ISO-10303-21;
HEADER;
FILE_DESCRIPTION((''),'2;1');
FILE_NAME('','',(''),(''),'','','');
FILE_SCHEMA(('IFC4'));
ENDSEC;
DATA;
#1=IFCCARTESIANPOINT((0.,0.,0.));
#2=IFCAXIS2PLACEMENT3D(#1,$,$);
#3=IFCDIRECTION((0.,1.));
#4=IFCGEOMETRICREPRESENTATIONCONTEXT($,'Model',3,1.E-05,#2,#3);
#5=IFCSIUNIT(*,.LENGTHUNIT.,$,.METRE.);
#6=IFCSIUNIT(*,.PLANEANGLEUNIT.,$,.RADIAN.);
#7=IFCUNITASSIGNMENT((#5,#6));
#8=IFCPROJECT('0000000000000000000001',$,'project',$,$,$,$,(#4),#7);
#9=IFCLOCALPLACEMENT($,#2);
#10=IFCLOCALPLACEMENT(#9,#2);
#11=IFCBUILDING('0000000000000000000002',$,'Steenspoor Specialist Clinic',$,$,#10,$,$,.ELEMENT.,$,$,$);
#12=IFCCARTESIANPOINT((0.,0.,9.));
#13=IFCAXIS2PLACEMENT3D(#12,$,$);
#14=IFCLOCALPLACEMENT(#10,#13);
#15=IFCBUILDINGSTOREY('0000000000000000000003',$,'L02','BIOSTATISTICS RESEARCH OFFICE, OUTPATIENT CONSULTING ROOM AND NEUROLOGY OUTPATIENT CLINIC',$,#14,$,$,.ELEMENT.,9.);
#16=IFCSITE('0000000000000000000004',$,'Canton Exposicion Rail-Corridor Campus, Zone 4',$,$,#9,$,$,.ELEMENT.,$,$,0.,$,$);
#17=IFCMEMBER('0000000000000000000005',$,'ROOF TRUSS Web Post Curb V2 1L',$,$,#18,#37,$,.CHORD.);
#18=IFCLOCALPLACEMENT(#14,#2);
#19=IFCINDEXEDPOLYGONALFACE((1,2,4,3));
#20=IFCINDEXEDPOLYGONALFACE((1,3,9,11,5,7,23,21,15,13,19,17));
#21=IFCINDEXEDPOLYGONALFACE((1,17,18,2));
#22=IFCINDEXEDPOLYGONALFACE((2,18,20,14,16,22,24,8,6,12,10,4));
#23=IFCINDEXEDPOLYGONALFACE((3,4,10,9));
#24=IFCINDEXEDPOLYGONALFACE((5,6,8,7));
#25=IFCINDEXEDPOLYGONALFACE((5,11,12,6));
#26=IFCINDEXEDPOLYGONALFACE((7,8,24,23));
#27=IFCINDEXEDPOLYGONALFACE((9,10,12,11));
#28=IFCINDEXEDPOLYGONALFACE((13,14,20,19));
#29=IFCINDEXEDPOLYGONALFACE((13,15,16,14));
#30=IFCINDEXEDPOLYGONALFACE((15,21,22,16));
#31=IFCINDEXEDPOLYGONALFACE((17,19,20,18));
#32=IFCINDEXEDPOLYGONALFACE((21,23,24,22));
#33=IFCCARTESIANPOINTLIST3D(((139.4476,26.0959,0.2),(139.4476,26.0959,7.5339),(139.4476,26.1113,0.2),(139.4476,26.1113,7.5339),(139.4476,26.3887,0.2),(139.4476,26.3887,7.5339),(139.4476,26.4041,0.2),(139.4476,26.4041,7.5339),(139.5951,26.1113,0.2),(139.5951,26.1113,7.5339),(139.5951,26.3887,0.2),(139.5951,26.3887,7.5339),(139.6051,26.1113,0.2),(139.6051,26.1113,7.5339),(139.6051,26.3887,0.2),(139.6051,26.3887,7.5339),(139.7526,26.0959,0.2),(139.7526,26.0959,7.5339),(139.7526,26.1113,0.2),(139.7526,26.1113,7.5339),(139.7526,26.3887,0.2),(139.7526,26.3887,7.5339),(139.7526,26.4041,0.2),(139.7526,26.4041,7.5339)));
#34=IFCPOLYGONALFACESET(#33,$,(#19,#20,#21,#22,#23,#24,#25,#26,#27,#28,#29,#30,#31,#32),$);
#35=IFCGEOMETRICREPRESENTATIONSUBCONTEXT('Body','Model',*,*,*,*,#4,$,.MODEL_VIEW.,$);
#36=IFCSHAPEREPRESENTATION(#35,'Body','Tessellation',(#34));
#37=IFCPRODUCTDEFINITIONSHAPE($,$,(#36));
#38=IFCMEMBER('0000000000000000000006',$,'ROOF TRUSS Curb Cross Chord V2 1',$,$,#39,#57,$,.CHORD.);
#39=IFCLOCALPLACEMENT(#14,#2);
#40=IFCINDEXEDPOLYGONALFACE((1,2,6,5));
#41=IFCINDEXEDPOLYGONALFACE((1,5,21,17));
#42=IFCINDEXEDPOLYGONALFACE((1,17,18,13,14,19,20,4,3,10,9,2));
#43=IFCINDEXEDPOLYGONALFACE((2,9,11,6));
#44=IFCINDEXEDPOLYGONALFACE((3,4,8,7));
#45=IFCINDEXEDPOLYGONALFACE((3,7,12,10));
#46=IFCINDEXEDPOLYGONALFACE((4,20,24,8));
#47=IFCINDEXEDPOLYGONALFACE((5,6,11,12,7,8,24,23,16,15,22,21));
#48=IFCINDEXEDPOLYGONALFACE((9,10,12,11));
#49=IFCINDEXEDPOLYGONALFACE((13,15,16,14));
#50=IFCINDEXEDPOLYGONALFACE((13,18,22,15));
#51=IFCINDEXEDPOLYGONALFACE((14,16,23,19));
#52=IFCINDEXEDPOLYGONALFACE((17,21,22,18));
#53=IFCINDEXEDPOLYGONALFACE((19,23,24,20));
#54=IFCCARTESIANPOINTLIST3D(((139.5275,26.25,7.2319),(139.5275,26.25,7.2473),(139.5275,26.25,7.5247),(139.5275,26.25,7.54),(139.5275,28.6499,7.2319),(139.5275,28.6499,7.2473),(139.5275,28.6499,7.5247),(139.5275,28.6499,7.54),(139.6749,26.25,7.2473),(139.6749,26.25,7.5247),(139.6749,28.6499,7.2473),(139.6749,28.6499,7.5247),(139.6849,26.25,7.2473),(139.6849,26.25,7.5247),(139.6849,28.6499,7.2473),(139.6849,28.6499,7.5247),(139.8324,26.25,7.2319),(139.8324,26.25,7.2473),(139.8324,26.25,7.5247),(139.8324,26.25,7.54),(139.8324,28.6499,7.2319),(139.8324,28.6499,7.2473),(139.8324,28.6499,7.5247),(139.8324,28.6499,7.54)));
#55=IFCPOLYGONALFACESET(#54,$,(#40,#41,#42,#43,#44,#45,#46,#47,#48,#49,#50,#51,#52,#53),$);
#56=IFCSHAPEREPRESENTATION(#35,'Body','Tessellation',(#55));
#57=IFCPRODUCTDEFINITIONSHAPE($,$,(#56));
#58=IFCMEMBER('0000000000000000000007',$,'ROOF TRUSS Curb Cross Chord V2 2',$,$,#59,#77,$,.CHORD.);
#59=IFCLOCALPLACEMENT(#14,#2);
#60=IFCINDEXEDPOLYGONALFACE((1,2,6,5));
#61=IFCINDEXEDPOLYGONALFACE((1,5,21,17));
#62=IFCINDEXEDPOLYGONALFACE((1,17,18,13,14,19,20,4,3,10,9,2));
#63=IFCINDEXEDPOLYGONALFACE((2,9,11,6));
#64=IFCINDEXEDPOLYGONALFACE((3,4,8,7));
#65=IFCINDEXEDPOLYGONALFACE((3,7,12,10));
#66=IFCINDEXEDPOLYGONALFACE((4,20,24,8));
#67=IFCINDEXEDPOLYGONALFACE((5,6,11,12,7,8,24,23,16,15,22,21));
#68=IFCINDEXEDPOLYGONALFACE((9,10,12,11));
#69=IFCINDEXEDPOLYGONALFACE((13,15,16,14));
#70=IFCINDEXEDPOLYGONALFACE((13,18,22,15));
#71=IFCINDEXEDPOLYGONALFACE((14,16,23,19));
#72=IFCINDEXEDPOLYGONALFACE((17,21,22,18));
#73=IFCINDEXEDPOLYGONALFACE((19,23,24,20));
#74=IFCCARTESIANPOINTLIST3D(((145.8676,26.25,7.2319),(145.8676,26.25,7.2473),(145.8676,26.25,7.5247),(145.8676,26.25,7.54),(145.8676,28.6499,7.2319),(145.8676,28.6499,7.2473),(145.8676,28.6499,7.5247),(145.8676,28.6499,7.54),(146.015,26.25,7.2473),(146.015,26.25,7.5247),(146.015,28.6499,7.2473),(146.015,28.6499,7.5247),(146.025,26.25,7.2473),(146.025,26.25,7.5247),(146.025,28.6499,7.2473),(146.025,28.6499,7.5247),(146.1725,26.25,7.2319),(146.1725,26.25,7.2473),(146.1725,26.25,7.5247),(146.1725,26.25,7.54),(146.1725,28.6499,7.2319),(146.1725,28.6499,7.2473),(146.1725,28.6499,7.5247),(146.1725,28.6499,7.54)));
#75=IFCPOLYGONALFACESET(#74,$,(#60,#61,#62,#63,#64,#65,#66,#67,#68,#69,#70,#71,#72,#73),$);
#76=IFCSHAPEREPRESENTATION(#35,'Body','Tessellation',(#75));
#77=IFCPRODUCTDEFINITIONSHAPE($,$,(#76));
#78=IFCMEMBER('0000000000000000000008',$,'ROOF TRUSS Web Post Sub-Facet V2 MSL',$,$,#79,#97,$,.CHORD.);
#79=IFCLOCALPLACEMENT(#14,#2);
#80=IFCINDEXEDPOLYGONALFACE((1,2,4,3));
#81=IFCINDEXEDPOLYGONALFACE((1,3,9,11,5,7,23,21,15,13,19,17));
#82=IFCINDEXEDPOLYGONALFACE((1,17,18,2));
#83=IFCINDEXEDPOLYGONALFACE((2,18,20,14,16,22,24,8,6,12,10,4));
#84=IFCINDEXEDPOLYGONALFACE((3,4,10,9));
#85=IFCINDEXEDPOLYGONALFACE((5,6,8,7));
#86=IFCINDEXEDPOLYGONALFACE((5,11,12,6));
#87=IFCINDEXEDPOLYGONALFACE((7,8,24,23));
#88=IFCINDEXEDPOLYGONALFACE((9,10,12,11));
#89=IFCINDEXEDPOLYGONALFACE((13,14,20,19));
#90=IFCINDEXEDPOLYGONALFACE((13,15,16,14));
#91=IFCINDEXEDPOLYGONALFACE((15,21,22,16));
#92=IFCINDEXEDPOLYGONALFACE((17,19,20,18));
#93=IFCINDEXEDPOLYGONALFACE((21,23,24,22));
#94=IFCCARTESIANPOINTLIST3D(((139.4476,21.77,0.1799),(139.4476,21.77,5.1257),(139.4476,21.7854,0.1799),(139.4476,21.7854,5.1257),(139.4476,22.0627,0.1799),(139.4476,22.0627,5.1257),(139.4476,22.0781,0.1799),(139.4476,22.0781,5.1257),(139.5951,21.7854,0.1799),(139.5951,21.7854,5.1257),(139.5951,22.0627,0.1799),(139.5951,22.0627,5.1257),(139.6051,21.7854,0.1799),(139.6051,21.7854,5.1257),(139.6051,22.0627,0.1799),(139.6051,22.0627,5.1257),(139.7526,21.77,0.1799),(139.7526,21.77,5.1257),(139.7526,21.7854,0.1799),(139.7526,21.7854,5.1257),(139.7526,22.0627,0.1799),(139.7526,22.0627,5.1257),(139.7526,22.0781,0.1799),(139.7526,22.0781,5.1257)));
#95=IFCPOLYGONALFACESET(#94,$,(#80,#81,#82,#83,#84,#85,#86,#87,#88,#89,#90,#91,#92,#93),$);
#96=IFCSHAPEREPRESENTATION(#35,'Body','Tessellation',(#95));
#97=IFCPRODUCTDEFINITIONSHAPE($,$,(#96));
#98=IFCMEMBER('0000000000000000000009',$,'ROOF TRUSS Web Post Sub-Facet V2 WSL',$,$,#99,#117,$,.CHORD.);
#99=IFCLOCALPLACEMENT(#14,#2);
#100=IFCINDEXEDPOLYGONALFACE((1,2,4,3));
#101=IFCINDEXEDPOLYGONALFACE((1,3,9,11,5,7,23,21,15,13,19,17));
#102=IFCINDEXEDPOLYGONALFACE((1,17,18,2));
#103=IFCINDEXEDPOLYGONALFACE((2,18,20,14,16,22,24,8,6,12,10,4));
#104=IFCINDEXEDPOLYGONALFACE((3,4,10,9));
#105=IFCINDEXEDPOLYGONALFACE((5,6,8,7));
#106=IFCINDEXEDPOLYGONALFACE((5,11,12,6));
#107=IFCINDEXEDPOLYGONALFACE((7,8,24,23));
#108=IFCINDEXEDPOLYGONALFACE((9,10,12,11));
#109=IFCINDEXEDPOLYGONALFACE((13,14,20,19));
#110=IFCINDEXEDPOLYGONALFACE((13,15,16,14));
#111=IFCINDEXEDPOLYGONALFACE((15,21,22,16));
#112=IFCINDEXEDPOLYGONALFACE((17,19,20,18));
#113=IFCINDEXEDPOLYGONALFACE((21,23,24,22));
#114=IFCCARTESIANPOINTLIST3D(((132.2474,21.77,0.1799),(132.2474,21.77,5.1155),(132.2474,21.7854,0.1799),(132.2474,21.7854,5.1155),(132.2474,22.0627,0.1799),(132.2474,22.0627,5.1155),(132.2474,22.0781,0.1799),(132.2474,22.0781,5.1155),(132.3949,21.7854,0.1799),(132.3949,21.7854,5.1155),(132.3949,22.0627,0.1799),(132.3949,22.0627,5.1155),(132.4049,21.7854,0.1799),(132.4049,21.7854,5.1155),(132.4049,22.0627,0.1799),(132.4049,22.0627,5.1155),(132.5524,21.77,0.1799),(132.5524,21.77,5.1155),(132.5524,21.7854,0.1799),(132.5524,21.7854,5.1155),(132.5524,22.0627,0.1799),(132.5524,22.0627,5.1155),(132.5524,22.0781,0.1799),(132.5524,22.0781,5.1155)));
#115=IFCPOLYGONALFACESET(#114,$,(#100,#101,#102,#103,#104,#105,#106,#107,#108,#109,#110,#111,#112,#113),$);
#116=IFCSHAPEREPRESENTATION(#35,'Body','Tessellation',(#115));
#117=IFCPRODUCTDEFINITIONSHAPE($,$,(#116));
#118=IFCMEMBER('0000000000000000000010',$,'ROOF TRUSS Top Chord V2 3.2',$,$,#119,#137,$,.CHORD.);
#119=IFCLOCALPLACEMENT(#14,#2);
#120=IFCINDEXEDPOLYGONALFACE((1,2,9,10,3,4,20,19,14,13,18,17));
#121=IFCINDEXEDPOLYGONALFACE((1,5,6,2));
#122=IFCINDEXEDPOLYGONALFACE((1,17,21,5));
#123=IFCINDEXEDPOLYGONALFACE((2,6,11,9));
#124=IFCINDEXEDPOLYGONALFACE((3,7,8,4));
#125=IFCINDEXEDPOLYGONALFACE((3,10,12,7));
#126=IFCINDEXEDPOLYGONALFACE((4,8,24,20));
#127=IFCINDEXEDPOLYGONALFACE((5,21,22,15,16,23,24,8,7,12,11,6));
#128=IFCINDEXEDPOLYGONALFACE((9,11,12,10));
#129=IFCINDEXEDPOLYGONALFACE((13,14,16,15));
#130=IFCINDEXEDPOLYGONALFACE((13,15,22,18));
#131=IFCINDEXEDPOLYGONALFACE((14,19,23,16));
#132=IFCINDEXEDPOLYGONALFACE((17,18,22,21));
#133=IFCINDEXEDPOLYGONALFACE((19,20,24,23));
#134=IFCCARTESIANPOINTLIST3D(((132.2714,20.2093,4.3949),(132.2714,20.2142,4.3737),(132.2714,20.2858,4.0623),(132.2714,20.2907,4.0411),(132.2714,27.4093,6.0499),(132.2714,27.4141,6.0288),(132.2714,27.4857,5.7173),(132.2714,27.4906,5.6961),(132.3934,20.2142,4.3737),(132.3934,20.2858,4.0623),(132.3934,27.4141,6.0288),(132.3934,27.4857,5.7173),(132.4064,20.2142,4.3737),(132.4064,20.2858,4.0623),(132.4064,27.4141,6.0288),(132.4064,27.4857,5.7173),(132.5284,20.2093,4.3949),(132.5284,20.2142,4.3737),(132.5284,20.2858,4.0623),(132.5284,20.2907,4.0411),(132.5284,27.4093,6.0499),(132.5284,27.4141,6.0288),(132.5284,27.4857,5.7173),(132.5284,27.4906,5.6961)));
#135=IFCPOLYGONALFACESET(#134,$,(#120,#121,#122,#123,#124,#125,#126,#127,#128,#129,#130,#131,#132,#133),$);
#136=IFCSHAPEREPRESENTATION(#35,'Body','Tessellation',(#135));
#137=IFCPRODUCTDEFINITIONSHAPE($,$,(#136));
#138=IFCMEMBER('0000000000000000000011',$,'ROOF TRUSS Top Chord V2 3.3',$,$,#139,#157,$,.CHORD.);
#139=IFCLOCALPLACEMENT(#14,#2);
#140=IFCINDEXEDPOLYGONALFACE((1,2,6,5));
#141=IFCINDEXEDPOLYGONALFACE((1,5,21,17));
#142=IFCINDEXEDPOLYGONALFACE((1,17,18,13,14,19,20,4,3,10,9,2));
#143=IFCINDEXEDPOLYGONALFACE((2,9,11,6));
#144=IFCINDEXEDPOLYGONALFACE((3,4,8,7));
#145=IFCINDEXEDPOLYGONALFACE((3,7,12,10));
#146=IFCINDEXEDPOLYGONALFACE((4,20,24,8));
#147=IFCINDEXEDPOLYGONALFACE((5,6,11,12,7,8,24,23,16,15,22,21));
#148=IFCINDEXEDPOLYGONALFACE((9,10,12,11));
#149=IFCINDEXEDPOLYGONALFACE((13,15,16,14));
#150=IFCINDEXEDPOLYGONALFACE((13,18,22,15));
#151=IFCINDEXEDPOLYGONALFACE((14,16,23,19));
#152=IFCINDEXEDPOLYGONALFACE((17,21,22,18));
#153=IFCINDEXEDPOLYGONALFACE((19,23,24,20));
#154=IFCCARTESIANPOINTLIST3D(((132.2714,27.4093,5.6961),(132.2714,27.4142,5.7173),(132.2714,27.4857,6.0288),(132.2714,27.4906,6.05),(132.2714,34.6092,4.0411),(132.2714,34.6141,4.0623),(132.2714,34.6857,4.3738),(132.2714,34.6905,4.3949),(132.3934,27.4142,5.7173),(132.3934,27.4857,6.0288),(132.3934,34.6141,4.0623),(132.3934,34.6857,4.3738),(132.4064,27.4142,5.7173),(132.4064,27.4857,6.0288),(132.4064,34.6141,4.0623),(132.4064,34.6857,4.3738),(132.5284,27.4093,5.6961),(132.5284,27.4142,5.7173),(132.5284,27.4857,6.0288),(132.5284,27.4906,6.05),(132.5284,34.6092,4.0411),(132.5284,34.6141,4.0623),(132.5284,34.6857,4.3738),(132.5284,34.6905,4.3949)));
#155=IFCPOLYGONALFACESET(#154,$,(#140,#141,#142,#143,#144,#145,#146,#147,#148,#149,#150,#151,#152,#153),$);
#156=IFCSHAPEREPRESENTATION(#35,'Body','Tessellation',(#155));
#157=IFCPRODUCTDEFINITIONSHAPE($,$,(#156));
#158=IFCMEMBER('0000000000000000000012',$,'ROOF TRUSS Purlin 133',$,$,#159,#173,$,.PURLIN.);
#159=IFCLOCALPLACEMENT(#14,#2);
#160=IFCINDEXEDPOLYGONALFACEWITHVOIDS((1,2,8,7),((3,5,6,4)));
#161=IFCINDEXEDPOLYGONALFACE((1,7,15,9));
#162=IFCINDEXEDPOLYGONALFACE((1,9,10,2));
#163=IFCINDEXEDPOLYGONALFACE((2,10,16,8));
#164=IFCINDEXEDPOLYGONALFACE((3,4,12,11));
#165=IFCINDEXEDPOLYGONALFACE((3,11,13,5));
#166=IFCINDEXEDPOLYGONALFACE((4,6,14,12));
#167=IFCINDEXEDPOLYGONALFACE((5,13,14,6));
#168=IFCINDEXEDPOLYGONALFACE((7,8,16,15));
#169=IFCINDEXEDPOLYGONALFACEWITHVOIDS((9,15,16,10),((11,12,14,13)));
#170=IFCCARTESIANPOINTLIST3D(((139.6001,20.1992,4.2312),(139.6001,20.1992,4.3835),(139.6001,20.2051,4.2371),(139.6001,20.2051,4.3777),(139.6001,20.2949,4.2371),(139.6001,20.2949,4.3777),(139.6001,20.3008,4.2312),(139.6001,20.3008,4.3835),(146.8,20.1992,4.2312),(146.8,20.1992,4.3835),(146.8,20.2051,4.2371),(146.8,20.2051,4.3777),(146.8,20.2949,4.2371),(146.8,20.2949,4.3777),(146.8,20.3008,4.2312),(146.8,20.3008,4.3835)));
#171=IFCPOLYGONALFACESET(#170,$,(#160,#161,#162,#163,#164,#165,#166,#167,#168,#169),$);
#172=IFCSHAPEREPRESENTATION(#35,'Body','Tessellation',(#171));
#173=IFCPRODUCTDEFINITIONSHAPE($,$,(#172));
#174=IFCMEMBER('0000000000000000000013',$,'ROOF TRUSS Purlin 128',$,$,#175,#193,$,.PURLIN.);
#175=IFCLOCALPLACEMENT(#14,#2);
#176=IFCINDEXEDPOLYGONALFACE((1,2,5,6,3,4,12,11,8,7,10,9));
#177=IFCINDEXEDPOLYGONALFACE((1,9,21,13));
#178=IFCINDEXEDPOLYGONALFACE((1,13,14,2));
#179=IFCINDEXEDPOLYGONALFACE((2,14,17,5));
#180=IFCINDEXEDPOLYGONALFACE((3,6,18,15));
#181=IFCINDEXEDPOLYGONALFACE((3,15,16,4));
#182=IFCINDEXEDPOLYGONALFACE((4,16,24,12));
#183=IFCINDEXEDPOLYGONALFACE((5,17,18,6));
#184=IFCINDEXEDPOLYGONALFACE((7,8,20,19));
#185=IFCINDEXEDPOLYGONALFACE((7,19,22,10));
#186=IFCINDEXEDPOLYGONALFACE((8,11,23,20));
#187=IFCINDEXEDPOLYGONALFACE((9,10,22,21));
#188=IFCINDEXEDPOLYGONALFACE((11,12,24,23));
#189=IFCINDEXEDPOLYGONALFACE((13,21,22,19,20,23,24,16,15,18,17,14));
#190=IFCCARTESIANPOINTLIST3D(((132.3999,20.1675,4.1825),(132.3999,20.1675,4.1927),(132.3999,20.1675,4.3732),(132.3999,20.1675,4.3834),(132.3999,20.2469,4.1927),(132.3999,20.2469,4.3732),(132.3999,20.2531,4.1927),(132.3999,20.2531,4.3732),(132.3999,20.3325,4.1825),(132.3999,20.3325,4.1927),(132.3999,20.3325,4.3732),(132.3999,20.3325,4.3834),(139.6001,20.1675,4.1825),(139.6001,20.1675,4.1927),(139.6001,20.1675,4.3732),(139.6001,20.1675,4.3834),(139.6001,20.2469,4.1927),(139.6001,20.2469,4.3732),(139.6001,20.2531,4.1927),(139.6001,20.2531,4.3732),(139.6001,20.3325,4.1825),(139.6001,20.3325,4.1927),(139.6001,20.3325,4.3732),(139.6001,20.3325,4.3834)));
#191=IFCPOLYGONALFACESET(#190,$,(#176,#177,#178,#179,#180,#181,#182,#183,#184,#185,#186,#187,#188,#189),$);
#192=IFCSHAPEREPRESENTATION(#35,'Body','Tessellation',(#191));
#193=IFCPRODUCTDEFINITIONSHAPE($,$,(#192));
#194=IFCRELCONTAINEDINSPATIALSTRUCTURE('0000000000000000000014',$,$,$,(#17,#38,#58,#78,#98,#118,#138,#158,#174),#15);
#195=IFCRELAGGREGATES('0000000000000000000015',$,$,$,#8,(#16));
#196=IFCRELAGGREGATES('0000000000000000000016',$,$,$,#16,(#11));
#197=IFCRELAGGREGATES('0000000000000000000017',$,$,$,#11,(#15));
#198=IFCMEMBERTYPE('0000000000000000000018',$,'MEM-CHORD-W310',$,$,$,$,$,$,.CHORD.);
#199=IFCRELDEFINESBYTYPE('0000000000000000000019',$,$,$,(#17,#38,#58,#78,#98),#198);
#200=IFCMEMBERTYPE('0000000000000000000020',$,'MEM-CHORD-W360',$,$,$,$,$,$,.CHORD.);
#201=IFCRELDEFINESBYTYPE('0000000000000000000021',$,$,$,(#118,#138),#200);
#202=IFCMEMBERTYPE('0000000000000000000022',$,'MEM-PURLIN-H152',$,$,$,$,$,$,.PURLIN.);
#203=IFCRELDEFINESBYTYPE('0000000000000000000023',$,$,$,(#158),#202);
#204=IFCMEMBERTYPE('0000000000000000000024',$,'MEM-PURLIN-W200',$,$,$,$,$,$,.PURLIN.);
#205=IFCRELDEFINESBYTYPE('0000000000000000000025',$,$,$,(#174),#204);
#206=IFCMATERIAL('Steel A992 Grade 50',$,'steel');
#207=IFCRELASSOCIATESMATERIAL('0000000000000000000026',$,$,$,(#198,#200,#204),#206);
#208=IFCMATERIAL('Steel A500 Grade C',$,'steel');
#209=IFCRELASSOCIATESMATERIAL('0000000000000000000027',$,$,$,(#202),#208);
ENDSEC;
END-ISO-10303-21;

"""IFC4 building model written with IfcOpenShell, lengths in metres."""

from ifc_helpers import new_model, si_unit, direction, frame, origin, origin_2d, place, context, subcontext, project, spatial, hollow_rectangle, i_section, extrude, material, material_profile, profile_set, type_object, element, save


model = new_model("IFC4")

# Units and contexts
model_context = context("Model", 3, precision=1e-05, world=origin(), true_north=direction((0.0, 1.0)))
body_context = subcontext(model_context, "Body", "Model", "MODEL_VIEW")
ifc_project = project(units=[si_unit("LENGTHUNIT", "METRE"), si_unit("PLANEANGLEUNIT", "RADIAN")], contexts=[model_context])

# Site, building, storey
site_placement = place(None, origin())
site = spatial("IfcSite", under=ifc_project, at=site_placement, Name="Canton Exposicion Rail-Corridor Campus, Zone 4", CompositionType="ELEMENT", RefElevation=0.0)
building_placement = place(site_placement, origin())
building = spatial("IfcBuilding", under=site, at=building_placement, Name="Steenspoor Specialist Clinic", CompositionType="ELEMENT")
storey_placement = place(building_placement, frame((0.0, 0.0, 9.0)))
storey = spatial("IfcBuildingStorey", under=building, at=storey_placement, Name="L02", Description="BIOSTATISTICS RESEARCH OFFICE, OUTPATIENT CONSULTING ROOM AND NEUROLOGY OUTPATIENT CLINIC", CompositionType="ELEMENT", Elevation=9.0)

# Shared definitions
ifc_material_1 = material(Name="Steel A992 Grade 50", Category="steel")

# Members
ifc_material_2 = material(Name="Steel A500 Grade C", Category="steel")
ifc_material_profile_1 = material_profile(ifc_material_1, i_section(OverallWidth=0.3049, OverallDepth=0.3081, WebThickness=0.01, FlangeThickness=0.0154, at=origin_2d()), Name="W310X97")
ifc_profile_set_1 = profile_set([ifc_material_profile_1], Name="Steel A992 Grade 50")
member_type_1 = type_object("IfcMemberType", Name="MEM-CHORD-W310", PredefinedType="CHORD", material=ifc_profile_set_1)
member_1_placement = place(storey_placement, frame((139.6001, 26.25, 0.2), z_axis=(0.0, 0.0, 1.0), x_axis=(1.0, 0.0, 0.0)))
element("IfcMember", 1, at=member_1_placement, inside=storey, type_object=member_type_1, Name="ROOF TRUSS Web Post Curb V2 1L", PredefinedType="CHORD", context=body_context, shape_type="SweptSolid", body=[
    extrude(i_section(OverallWidth=0.3049, OverallDepth=0.3081, WebThickness=0.01, FlangeThickness=0.0154, at=origin_2d()), origin(), (0.0, 0.0, 1.0), 7.334),
])
for number, where, z_axis, x_axis, name in (
    (2, (139.6799, 26.25, 7.386), (0.0, 1.0, 0.0), (-1.0, 0.0, 0.0), "ROOF TRUSS Curb Cross Chord V2 1"),
    (3, (146.02, 26.25, 7.386), (0.0, 1.0, 0.0), (-1.0, 0.0, 0.0), "ROOF TRUSS Curb Cross Chord V2 2"),
):
    element("IfcMember", number, at=place(storey_placement, frame(where, z_axis=z_axis, x_axis=x_axis)), inside=storey, type_object=member_type_1, Name=name, PredefinedType="CHORD", context=body_context, shape_type="SweptSolid", body=[
        extrude(i_section(OverallWidth=0.3049, OverallDepth=0.3081, WebThickness=0.01, FlangeThickness=0.0154, at=origin_2d()), origin(), (0.0, 0.0, 1.0), 2.3999),
    ])
member_2_placement = place(storey_placement, frame((139.6001, 21.9241, 0.1799), z_axis=(0.0, 0.0, 1.0), x_axis=(1.0, 0.0, 0.0)))
element("IfcMember", 4, at=member_2_placement, inside=storey, type_object=member_type_1, Name="ROOF TRUSS Web Post Sub-Facet V2 MSL", PredefinedType="CHORD", context=body_context, shape_type="SweptSolid", body=[
    extrude(i_section(OverallWidth=0.3049, OverallDepth=0.3081, WebThickness=0.01, FlangeThickness=0.0154, at=origin_2d()), origin(), (0.0, 0.0, 1.0), 4.9458),
])
member_3_placement = place(storey_placement, frame((132.3999, 21.9241, 0.1799), z_axis=(0.0, 0.0, 1.0), x_axis=(1.0, 0.0, 0.0)))
element("IfcMember", 5, at=member_3_placement, inside=storey, type_object=member_type_1, Name="ROOF TRUSS Web Post Sub-Facet V2 WSL", PredefinedType="CHORD", context=body_context, shape_type="SweptSolid", body=[
    extrude(i_section(OverallWidth=0.3049, OverallDepth=0.3081, WebThickness=0.01, FlangeThickness=0.0154, at=origin_2d()), origin(), (0.0, 0.0, 1.0), 4.9355),
])
ifc_material_profile_2 = material_profile(ifc_material_1, i_section(OverallWidth=0.2571, OverallDepth=0.363, WebThickness=0.0129, FlangeThickness=0.0217, at=origin_2d()), Name="W360X122")
ifc_profile_set_2 = profile_set([ifc_material_profile_2], Name="Steel A992 Grade 50")
member_type_2 = type_object("IfcMemberType", Name="MEM-CHORD-W360", PredefinedType="CHORD", material=ifc_profile_set_2)
for number, where, z_axis, x_axis, name in (
    (6, (132.3999, 20.25, 4.218), (0.0, 0.974584, 0.224024), (-1.0, 0.0, 0.0), "ROOF TRUSS Top Chord V2 3.2"),
    (7, (132.3999, 27.45, 5.873), (0.0, 0.974584, -0.224024), (-1.0, 0.0, 0.0), "ROOF TRUSS Top Chord V2 3.3"),
):
    element("IfcMember", number, at=place(storey_placement, frame(where, z_axis=z_axis, x_axis=x_axis)), inside=storey, type_object=member_type_2, Name=name, PredefinedType="CHORD", context=body_context, shape_type="SweptSolid", body=[
        extrude(i_section(OverallWidth=0.2571, OverallDepth=0.363, WebThickness=0.0129, FlangeThickness=0.0217, at=origin_2d()), origin(), (0.0, 0.0, 1.0), 7.3877),
    ])
ifc_material_profile_3 = material_profile(ifc_material_2, hollow_rectangle(XDim=0.1016, YDim=0.1523, WallThickness=0.0059, at=origin_2d()), Name="HSS152X102X6.4")
ifc_profile_set_3 = profile_set([ifc_material_profile_3], Name="Steel A500 Grade C")
member_type_3 = type_object("IfcMemberType", Name="MEM-PURLIN-H152", PredefinedType="PURLIN", material=ifc_profile_set_3)
member_4_placement = place(storey_placement, frame((139.6001, 20.25, 4.3074), z_axis=(1.0, 0.0, 0.0), x_axis=(0.0, 1.0, 0.0)))
element("IfcMember", 8, at=member_4_placement, inside=storey, type_object=member_type_3, Name="ROOF TRUSS Purlin 133", PredefinedType="PURLIN", context=body_context, shape_type="SweptSolid", body=[
    extrude(hollow_rectangle(XDim=0.1016, YDim=0.1523, WallThickness=0.0059, at=origin_2d()), origin(), (0.0, 0.0, 1.0), 7.2),
])
ifc_material_profile_4 = material_profile(ifc_material_1, i_section(OverallWidth=0.165, OverallDepth=0.2009, WebThickness=0.0061, FlangeThickness=0.0103, at=origin_2d()), Name="W200X36")
ifc_profile_set_4 = profile_set([ifc_material_profile_4], Name="Steel A992 Grade 50")
member_type_4 = type_object("IfcMemberType", Name="MEM-PURLIN-W200", PredefinedType="PURLIN", material=ifc_profile_set_4)
member_5_placement = place(storey_placement, frame((132.3999, 20.25, 4.283), z_axis=(1.0, 0.0, 0.0), x_axis=(0.0, 1.0, 0.0)))
element("IfcMember", 9, at=member_5_placement, inside=storey, type_object=member_type_4, Name="ROOF TRUSS Purlin 128", PredefinedType="PURLIN", context=body_context, shape_type="SweptSolid", body=[
    extrude(i_section(OverallWidth=0.165, OverallDepth=0.2009, WebThickness=0.0061, FlangeThickness=0.0103, at=origin_2d()), origin(), (0.0, 0.0, 1.0), 7.2002),
])

save(model, "model.ifc")
